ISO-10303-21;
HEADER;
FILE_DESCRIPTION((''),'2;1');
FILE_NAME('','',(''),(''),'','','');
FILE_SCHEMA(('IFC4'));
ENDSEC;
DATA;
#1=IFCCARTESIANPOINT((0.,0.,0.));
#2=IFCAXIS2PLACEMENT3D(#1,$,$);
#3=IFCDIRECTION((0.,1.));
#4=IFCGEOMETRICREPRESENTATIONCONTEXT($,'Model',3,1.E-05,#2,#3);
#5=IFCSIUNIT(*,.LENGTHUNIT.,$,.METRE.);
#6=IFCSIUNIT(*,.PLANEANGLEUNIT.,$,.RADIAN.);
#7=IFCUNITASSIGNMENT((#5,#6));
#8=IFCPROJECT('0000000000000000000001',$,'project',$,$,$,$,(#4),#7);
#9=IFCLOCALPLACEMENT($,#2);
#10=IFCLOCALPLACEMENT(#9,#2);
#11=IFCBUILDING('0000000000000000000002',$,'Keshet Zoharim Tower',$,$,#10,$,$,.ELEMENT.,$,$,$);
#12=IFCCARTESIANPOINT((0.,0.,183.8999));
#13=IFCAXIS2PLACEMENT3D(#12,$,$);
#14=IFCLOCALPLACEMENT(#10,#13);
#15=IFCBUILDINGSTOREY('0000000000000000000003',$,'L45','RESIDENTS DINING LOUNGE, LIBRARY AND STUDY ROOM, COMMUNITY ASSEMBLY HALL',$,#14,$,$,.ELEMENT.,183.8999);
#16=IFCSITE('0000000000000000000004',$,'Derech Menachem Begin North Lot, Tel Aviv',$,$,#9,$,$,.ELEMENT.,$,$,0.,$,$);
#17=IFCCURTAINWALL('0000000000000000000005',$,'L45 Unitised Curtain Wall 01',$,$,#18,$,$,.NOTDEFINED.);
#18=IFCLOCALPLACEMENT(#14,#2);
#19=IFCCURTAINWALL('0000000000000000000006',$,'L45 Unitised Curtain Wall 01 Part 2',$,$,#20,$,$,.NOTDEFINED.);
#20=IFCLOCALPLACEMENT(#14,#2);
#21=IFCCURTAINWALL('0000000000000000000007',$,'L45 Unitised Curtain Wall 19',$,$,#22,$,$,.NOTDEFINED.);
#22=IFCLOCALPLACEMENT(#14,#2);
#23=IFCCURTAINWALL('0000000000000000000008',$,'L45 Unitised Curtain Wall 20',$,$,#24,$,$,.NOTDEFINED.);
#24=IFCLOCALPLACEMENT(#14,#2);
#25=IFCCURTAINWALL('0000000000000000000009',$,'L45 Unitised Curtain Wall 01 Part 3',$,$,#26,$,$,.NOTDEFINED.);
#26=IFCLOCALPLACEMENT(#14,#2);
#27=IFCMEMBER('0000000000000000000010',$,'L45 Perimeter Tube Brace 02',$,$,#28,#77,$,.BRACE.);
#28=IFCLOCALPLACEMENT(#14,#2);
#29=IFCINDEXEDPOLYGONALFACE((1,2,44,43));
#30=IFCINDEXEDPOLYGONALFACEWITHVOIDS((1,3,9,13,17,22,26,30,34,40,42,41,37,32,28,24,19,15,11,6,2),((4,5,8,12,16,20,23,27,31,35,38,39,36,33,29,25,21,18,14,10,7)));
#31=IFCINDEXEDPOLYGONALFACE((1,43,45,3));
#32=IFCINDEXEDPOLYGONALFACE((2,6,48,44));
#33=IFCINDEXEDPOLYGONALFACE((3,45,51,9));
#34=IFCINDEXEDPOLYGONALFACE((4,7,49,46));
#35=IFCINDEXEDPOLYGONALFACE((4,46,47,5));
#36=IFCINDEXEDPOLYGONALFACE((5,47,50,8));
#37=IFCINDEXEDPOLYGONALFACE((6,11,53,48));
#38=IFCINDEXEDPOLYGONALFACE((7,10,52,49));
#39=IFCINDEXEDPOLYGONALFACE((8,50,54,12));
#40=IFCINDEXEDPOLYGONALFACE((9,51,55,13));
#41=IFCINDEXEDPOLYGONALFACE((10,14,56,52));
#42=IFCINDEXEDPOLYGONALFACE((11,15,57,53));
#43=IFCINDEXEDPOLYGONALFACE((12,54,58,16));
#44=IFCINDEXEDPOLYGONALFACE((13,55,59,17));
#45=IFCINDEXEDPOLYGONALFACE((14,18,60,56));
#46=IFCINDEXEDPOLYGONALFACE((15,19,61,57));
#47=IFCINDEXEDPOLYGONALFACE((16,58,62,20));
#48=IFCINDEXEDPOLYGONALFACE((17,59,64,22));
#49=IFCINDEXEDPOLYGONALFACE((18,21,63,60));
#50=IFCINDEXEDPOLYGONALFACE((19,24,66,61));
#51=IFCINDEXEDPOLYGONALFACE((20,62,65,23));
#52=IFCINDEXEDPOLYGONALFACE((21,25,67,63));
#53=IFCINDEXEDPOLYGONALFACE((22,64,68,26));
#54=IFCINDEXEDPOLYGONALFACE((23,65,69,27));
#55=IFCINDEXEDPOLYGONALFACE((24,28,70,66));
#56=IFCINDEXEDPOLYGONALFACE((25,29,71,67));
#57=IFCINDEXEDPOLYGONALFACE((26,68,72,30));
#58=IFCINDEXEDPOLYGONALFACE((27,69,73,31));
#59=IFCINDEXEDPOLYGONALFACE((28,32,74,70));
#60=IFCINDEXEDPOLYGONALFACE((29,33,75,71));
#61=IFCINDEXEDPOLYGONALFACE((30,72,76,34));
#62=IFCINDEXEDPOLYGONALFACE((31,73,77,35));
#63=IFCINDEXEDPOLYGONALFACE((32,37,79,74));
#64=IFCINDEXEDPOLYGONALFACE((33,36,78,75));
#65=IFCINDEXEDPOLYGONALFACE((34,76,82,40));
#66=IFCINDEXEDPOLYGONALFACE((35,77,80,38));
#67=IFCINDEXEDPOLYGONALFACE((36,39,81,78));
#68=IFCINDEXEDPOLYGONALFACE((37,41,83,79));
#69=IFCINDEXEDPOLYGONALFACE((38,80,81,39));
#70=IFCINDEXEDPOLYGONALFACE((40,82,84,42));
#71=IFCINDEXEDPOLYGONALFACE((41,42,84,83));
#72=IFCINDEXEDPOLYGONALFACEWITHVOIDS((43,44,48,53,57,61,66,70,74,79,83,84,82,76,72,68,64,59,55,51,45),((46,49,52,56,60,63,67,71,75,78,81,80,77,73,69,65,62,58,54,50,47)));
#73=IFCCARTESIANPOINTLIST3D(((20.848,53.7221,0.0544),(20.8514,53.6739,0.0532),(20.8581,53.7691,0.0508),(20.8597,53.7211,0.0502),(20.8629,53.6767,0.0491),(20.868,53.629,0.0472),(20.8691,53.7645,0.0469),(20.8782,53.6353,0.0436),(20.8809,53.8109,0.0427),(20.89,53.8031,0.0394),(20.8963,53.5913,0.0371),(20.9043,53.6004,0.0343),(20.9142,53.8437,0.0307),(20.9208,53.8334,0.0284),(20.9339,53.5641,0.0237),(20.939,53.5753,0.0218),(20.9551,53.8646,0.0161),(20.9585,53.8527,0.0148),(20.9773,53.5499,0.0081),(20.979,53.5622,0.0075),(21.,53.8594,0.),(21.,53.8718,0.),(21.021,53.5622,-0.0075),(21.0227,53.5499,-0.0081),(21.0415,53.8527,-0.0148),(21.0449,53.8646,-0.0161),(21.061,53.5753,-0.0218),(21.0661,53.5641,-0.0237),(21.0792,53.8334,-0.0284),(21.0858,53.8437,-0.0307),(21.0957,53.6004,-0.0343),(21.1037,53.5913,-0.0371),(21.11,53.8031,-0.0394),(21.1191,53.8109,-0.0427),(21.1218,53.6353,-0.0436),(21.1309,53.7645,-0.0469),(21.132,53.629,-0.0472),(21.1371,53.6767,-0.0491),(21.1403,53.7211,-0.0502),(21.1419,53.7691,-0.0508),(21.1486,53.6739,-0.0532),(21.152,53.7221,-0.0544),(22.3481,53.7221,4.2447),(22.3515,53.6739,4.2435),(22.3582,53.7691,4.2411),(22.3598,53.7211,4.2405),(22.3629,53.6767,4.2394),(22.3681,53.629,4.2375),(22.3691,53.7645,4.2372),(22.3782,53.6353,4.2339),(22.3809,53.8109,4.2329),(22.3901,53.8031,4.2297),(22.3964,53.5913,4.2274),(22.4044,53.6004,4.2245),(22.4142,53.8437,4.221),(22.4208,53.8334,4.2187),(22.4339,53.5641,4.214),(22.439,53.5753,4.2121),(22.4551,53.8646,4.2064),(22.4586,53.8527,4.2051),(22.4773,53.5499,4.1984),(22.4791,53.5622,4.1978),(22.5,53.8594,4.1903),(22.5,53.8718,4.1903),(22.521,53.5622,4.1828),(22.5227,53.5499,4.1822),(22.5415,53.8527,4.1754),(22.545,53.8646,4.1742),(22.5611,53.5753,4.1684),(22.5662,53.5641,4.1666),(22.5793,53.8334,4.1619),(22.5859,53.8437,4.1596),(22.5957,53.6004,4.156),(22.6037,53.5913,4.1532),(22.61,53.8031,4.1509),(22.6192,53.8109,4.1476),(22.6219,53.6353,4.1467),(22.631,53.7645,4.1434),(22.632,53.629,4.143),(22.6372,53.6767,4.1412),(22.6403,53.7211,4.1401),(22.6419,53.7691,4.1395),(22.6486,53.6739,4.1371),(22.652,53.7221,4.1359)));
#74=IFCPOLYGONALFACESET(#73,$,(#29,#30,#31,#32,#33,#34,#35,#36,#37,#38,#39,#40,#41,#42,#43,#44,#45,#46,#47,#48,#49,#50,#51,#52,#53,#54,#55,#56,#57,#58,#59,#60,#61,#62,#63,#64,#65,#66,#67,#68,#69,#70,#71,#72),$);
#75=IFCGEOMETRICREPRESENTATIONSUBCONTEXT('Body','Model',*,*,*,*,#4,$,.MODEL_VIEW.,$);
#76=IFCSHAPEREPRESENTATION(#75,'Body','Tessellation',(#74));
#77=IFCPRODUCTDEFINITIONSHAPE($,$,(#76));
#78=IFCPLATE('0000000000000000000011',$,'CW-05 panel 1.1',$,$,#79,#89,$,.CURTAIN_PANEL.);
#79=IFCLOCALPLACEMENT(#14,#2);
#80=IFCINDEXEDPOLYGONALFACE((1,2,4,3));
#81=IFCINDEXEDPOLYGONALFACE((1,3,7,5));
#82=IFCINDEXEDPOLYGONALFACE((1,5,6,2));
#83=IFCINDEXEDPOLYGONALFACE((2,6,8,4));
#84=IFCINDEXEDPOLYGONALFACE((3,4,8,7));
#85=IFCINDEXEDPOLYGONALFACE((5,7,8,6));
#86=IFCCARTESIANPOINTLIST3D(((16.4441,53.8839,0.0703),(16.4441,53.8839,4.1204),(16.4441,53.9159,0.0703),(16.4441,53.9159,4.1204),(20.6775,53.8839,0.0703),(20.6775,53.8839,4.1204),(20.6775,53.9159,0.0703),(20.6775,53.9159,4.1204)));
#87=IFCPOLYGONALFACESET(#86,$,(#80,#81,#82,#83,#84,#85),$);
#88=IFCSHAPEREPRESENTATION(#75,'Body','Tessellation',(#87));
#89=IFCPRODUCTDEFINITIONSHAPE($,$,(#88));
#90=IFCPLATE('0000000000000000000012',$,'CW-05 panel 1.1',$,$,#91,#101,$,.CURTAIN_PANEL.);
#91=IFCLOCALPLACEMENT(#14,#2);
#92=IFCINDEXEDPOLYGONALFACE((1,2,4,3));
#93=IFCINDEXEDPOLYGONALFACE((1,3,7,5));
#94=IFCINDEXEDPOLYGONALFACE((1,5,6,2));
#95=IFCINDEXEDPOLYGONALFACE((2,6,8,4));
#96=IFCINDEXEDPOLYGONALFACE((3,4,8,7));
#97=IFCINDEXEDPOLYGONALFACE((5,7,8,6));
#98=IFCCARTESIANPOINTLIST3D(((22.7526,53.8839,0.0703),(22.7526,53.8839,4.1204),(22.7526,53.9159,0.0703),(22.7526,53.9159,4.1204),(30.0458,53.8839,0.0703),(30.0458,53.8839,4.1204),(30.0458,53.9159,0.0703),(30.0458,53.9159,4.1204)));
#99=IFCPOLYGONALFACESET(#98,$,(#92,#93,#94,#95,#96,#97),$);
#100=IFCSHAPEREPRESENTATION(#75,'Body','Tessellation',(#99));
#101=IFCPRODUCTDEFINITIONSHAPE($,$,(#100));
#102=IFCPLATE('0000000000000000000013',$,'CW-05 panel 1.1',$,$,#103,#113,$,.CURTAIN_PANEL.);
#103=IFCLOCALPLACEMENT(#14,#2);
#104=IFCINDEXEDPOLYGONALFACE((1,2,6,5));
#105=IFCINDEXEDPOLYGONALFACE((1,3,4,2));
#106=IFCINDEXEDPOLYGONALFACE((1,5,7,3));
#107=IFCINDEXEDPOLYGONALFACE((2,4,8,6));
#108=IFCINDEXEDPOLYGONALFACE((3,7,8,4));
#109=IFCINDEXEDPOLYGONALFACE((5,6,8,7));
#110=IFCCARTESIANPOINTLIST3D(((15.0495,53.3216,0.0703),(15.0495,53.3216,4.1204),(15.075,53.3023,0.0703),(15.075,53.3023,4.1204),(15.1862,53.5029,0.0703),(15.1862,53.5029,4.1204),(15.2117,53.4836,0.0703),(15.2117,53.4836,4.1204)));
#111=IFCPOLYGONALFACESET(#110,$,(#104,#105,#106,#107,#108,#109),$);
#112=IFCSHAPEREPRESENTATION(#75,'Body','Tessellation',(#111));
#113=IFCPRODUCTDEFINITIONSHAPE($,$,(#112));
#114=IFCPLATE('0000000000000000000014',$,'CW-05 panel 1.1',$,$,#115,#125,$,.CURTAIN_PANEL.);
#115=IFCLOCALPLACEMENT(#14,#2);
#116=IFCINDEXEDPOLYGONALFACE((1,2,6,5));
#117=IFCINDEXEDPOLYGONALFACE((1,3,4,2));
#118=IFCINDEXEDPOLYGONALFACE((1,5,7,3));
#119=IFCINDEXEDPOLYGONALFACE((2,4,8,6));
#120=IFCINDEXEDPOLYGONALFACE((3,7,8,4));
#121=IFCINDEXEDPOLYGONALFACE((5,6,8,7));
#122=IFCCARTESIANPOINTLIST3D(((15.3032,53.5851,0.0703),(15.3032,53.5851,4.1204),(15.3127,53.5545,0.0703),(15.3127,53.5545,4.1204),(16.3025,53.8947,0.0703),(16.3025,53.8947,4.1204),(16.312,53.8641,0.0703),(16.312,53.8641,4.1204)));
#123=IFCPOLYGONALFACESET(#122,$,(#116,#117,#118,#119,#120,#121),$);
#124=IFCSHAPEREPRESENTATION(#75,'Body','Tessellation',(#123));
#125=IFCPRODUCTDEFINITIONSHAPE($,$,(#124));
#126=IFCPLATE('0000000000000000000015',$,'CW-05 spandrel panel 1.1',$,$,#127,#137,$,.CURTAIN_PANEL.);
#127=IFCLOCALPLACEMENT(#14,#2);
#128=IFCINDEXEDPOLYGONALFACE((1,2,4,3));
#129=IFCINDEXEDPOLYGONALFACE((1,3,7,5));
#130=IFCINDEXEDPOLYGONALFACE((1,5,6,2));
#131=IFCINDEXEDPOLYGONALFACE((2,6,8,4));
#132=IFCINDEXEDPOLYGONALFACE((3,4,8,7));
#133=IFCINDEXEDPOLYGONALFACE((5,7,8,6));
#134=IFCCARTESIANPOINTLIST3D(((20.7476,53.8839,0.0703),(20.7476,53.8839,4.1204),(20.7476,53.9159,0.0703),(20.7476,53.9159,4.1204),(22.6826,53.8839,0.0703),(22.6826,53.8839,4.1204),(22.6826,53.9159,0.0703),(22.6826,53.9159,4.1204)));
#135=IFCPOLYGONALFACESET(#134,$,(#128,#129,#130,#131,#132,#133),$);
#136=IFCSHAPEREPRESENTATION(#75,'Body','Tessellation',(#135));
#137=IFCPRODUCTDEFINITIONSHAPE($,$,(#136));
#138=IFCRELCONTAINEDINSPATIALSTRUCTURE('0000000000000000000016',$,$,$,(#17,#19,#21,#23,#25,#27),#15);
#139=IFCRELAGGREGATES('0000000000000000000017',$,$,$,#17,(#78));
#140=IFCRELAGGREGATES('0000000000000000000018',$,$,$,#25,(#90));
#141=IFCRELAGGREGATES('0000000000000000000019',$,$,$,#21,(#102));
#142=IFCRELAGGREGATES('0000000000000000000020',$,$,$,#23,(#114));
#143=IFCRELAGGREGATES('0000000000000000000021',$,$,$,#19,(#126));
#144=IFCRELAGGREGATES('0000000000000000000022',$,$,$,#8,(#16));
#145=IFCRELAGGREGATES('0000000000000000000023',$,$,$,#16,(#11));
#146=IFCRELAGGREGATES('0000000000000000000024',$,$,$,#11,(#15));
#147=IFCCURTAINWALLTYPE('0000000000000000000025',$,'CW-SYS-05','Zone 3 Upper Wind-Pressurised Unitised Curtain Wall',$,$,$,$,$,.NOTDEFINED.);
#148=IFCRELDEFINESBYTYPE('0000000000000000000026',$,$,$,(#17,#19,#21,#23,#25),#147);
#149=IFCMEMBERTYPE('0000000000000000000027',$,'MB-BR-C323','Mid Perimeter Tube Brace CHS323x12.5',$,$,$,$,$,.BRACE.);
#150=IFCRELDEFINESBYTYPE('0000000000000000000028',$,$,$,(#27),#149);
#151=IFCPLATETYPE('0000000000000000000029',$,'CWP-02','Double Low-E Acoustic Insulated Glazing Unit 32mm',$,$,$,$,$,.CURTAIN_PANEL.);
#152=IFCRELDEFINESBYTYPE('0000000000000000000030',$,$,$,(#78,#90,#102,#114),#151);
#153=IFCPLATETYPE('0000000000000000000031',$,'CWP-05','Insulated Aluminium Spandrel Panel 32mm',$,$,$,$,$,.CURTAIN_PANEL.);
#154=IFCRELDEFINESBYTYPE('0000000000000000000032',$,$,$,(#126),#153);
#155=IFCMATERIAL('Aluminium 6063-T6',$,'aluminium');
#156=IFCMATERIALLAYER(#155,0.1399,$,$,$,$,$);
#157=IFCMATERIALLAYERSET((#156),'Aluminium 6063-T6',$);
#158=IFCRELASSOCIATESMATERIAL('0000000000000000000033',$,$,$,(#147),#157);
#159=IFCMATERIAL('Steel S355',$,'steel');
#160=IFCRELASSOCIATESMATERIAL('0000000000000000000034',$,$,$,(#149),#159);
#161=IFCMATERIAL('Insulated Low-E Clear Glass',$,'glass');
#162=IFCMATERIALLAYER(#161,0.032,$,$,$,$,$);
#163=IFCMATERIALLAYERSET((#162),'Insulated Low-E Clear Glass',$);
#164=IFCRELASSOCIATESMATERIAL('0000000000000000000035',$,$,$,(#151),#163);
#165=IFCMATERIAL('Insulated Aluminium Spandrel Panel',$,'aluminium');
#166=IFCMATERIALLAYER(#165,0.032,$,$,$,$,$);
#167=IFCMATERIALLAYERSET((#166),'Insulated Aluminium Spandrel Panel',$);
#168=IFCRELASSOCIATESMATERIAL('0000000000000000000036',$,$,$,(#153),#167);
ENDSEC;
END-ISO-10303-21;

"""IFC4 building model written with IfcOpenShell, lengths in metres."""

from ifc_helpers import new_model, si_unit, direction, frame, origin, origin_2d, place, context, subcontext, project, spatial, rectangle, hollow_circle, extrude, material, layer, layer_set, material_profile, profile_set, type_object, element, aggregate, save


model = new_model("IFC4")

# Units and contexts
model_context = context("Model", 3, precision=1e-05, world=origin(), true_north=direction((0.0, 1.0)))
body_context = subcontext(model_context, "Body", "Model", "MODEL_VIEW")
ifc_project = project(units=[si_unit("LENGTHUNIT", "METRE"), si_unit("PLANEANGLEUNIT", "RADIAN")], contexts=[model_context])

# Site, building, storey
site_placement = place(None, origin())
site = spatial("IfcSite", under=ifc_project, at=site_placement, Name="Derech Menachem Begin North Lot, Tel Aviv", CompositionType="ELEMENT", RefElevation=0.0)
building_placement = place(site_placement, origin())
building = spatial("IfcBuilding", under=site, at=building_placement, Name="Keshet Zoharim Tower", CompositionType="ELEMENT")
storey_placement = place(building_placement, frame((0.0, 0.0, 183.8999)))
storey = spatial("IfcBuildingStorey", under=building, at=storey_placement, Name="L45", Description="RESIDENTS DINING LOUNGE, LIBRARY AND STUDY ROOM, COMMUNITY ASSEMBLY HALL", CompositionType="ELEMENT", Elevation=183.8999)

# Shared definitions
ifc_material_1 = material(Name="Steel S355", Category="steel")

# Curtain wall
ifc_material_2 = material(Name="Aluminium 6063-T6", Category="aluminium")
ifc_layer_1 = layer(ifc_material_2, 0.1399)
ifc_layer_set_1 = layer_set([ifc_layer_1], Name="Aluminium 6063-T6")
curtain_wall_type = type_object("IfcCurtainWallType", Name="CW-SYS-05", Description="Zone 3 Upper Wind-Pressurised Unitised Curtain Wall", PredefinedType="NOTDEFINED", material=ifc_layer_set_1)
curtain_wall_1_placement = place(storey_placement, origin())
curtain_wall_1 = element("IfcCurtainWall", 1, at=curtain_wall_1_placement, inside=storey, type_object=curtain_wall_type, Name="L45 Unitised Curtain Wall 01", PredefinedType="NOTDEFINED")

# Curtain walls
curtain_wall_2_placement = place(storey_placement, origin())
curtain_wall_2 = element("IfcCurtainWall", 2, at=curtain_wall_2_placement, inside=storey, type_object=curtain_wall_type, Name="L45 Unitised Curtain Wall 01 Part 2", PredefinedType="NOTDEFINED")
curtain_wall_3_placement = place(storey_placement, origin())
curtain_wall_3 = element("IfcCurtainWall", 3, at=curtain_wall_3_placement, inside=storey, type_object=curtain_wall_type, Name="L45 Unitised Curtain Wall 19", PredefinedType="NOTDEFINED")

# Curtain wall
curtain_wall_4_placement = place(storey_placement, origin())
curtain_wall_4 = element("IfcCurtainWall", 4, at=curtain_wall_4_placement, inside=storey, type_object=curtain_wall_type, Name="L45 Unitised Curtain Wall 20", PredefinedType="NOTDEFINED")

# Curtain wall
curtain_wall_5_placement = place(storey_placement, origin())
curtain_wall_5 = element("IfcCurtainWall", 5, at=curtain_wall_5_placement, inside=storey, type_object=curtain_wall_type, Name="L45 Unitised Curtain Wall 01 Part 3", PredefinedType="NOTDEFINED")

# Member
ifc_material_profile_1 = material_profile(ifc_material_1, hollow_circle(Radius=0.1619, WallThickness=0.0125, at=origin_2d()), Name="CHS323x12.5")
ifc_profile_set_1 = profile_set([ifc_material_profile_1], Name="Steel S355")
member_type_1 = type_object("IfcMemberType", Name="MB-BR-C323", Description="Mid Perimeter Tube Brace CHS323x12.5", PredefinedType="BRACE", material=ifc_profile_set_1)
member_1_placement = place(storey_placement, frame((21.0, 53.71, 0.0), z_axis=(0.337035, 0.0, 0.941492), x_axis=(0.0, 1.0, 0.0)))
element("IfcMember", 6, at=member_1_placement, inside=storey, type_object=member_type_1, Name="L45 Perimeter Tube Brace 02", PredefinedType="BRACE", context=body_context, shape_type="SweptSolid", body=[
    extrude(hollow_circle(Radius=0.1619, WallThickness=0.0125, at=origin_2d()), origin(), (0.0, 0.0, 1.0), 4.4507),
])

# Plates
ifc_material_3 = material(Name="Insulated Low-E Clear Glass", Category="glass")
ifc_layer_2 = layer(ifc_material_3, 0.032)
ifc_layer_set_2 = layer_set([ifc_layer_2], Name="Insulated Low-E Clear Glass")
plate_type_1 = type_object("IfcPlateType", Name="CWP-02", Description="Double Low-E Acoustic Insulated Glazing Unit 32mm", PredefinedType="CURTAIN_PANEL", material=ifc_layer_set_2)
plate_1_placement = place(storey_placement, frame((18.5608, 53.8999, 0.0703), z_axis=(0.0, 0.0, 1.0), x_axis=(1.0, 0.0, 0.0)))
plate_1 = element("IfcPlate", 7, at=plate_1_placement, type_object=plate_type_1, Name="CW-05 panel 1.1", PredefinedType="CURTAIN_PANEL", context=body_context, shape_type="SweptSolid", body=[
    extrude(rectangle(XDim=4.2334, YDim=0.032, at=origin_2d()), origin(), (0.0, 0.0, 1.0), 4.05),
])
aggregate(curtain_wall_1, [plate_1])
plate_2_placement = place(storey_placement, frame((26.3992, 53.8999, 0.0703), z_axis=(0.0, 0.0, 1.0), x_axis=(1.0, 0.0, 0.0)))
plate_2 = element("IfcPlate", 8, at=plate_2_placement, type_object=plate_type_1, Name="CW-05 panel 1.1", PredefinedType="CURTAIN_PANEL", context=body_context, shape_type="SweptSolid", body=[
    extrude(rectangle(XDim=7.2932, YDim=0.032, at=origin_2d()), origin(), (0.0, 0.0, 1.0), 4.05),
])
aggregate(curtain_wall_5, [plate_2])
plate_3_placement = place(storey_placement, frame((15.1306, 53.4026, 0.0703), z_axis=(0.0, 0.0, 1.0), x_axis=(0.602178, 0.798362, 0.0)))
plate_3 = element("IfcPlate", 9, at=plate_3_placement, type_object=plate_type_1, Name="CW-05 panel 1.1", PredefinedType="CURTAIN_PANEL", context=body_context, shape_type="SweptSolid", body=[
    extrude(rectangle(XDim=0.2271, YDim=0.032, at=origin_2d()), origin(), (0.0, 0.0, 1.0), 4.05),
])
aggregate(curtain_wall_3, [plate_3])
plate_4_placement = place(storey_placement, frame((15.8076, 53.7246, 0.0703), z_axis=(0.0, 0.0, 1.0), x_axis=(0.955212, 0.295922, 0.0)))
plate_4 = element("IfcPlate", 10, at=plate_4_placement, type_object=plate_type_1, Name="CW-05 panel 1.1", PredefinedType="CURTAIN_PANEL", context=body_context, shape_type="SweptSolid", body=[
    extrude(rectangle(XDim=1.0461, YDim=0.032, at=origin_2d()), origin(), (0.0, 0.0, 1.0), 4.05),
])
aggregate(curtain_wall_4, [plate_4])
ifc_material_4 = material(Name="Insulated Aluminium Spandrel Panel", Category="aluminium")
ifc_layer_3 = layer(ifc_material_4, 0.032)
ifc_layer_set_3 = layer_set([ifc_layer_3], Name="Insulated Aluminium Spandrel Panel")
plate_type_2 = type_object("IfcPlateType", Name="CWP-05", Description="Insulated Aluminium Spandrel Panel 32mm", PredefinedType="CURTAIN_PANEL", material=ifc_layer_set_3)
plate_5_placement = place(storey_placement, frame((21.7151, 53.8999, 0.0703), z_axis=(0.0, 0.0, 1.0), x_axis=(1.0, 0.0, 0.0)))
plate_5 = element("IfcPlate", 11, at=plate_5_placement, type_object=plate_type_2, Name="CW-05 spandrel panel 1.1", PredefinedType="CURTAIN_PANEL", context=body_context, shape_type="SweptSolid", body=[
    extrude(rectangle(XDim=1.9351, YDim=0.032, at=origin_2d()), origin(), (0.0, 0.0, 1.0), 4.05),
])
aggregate(curtain_wall_2, [plate_5])

save(model, "model.ifc")
